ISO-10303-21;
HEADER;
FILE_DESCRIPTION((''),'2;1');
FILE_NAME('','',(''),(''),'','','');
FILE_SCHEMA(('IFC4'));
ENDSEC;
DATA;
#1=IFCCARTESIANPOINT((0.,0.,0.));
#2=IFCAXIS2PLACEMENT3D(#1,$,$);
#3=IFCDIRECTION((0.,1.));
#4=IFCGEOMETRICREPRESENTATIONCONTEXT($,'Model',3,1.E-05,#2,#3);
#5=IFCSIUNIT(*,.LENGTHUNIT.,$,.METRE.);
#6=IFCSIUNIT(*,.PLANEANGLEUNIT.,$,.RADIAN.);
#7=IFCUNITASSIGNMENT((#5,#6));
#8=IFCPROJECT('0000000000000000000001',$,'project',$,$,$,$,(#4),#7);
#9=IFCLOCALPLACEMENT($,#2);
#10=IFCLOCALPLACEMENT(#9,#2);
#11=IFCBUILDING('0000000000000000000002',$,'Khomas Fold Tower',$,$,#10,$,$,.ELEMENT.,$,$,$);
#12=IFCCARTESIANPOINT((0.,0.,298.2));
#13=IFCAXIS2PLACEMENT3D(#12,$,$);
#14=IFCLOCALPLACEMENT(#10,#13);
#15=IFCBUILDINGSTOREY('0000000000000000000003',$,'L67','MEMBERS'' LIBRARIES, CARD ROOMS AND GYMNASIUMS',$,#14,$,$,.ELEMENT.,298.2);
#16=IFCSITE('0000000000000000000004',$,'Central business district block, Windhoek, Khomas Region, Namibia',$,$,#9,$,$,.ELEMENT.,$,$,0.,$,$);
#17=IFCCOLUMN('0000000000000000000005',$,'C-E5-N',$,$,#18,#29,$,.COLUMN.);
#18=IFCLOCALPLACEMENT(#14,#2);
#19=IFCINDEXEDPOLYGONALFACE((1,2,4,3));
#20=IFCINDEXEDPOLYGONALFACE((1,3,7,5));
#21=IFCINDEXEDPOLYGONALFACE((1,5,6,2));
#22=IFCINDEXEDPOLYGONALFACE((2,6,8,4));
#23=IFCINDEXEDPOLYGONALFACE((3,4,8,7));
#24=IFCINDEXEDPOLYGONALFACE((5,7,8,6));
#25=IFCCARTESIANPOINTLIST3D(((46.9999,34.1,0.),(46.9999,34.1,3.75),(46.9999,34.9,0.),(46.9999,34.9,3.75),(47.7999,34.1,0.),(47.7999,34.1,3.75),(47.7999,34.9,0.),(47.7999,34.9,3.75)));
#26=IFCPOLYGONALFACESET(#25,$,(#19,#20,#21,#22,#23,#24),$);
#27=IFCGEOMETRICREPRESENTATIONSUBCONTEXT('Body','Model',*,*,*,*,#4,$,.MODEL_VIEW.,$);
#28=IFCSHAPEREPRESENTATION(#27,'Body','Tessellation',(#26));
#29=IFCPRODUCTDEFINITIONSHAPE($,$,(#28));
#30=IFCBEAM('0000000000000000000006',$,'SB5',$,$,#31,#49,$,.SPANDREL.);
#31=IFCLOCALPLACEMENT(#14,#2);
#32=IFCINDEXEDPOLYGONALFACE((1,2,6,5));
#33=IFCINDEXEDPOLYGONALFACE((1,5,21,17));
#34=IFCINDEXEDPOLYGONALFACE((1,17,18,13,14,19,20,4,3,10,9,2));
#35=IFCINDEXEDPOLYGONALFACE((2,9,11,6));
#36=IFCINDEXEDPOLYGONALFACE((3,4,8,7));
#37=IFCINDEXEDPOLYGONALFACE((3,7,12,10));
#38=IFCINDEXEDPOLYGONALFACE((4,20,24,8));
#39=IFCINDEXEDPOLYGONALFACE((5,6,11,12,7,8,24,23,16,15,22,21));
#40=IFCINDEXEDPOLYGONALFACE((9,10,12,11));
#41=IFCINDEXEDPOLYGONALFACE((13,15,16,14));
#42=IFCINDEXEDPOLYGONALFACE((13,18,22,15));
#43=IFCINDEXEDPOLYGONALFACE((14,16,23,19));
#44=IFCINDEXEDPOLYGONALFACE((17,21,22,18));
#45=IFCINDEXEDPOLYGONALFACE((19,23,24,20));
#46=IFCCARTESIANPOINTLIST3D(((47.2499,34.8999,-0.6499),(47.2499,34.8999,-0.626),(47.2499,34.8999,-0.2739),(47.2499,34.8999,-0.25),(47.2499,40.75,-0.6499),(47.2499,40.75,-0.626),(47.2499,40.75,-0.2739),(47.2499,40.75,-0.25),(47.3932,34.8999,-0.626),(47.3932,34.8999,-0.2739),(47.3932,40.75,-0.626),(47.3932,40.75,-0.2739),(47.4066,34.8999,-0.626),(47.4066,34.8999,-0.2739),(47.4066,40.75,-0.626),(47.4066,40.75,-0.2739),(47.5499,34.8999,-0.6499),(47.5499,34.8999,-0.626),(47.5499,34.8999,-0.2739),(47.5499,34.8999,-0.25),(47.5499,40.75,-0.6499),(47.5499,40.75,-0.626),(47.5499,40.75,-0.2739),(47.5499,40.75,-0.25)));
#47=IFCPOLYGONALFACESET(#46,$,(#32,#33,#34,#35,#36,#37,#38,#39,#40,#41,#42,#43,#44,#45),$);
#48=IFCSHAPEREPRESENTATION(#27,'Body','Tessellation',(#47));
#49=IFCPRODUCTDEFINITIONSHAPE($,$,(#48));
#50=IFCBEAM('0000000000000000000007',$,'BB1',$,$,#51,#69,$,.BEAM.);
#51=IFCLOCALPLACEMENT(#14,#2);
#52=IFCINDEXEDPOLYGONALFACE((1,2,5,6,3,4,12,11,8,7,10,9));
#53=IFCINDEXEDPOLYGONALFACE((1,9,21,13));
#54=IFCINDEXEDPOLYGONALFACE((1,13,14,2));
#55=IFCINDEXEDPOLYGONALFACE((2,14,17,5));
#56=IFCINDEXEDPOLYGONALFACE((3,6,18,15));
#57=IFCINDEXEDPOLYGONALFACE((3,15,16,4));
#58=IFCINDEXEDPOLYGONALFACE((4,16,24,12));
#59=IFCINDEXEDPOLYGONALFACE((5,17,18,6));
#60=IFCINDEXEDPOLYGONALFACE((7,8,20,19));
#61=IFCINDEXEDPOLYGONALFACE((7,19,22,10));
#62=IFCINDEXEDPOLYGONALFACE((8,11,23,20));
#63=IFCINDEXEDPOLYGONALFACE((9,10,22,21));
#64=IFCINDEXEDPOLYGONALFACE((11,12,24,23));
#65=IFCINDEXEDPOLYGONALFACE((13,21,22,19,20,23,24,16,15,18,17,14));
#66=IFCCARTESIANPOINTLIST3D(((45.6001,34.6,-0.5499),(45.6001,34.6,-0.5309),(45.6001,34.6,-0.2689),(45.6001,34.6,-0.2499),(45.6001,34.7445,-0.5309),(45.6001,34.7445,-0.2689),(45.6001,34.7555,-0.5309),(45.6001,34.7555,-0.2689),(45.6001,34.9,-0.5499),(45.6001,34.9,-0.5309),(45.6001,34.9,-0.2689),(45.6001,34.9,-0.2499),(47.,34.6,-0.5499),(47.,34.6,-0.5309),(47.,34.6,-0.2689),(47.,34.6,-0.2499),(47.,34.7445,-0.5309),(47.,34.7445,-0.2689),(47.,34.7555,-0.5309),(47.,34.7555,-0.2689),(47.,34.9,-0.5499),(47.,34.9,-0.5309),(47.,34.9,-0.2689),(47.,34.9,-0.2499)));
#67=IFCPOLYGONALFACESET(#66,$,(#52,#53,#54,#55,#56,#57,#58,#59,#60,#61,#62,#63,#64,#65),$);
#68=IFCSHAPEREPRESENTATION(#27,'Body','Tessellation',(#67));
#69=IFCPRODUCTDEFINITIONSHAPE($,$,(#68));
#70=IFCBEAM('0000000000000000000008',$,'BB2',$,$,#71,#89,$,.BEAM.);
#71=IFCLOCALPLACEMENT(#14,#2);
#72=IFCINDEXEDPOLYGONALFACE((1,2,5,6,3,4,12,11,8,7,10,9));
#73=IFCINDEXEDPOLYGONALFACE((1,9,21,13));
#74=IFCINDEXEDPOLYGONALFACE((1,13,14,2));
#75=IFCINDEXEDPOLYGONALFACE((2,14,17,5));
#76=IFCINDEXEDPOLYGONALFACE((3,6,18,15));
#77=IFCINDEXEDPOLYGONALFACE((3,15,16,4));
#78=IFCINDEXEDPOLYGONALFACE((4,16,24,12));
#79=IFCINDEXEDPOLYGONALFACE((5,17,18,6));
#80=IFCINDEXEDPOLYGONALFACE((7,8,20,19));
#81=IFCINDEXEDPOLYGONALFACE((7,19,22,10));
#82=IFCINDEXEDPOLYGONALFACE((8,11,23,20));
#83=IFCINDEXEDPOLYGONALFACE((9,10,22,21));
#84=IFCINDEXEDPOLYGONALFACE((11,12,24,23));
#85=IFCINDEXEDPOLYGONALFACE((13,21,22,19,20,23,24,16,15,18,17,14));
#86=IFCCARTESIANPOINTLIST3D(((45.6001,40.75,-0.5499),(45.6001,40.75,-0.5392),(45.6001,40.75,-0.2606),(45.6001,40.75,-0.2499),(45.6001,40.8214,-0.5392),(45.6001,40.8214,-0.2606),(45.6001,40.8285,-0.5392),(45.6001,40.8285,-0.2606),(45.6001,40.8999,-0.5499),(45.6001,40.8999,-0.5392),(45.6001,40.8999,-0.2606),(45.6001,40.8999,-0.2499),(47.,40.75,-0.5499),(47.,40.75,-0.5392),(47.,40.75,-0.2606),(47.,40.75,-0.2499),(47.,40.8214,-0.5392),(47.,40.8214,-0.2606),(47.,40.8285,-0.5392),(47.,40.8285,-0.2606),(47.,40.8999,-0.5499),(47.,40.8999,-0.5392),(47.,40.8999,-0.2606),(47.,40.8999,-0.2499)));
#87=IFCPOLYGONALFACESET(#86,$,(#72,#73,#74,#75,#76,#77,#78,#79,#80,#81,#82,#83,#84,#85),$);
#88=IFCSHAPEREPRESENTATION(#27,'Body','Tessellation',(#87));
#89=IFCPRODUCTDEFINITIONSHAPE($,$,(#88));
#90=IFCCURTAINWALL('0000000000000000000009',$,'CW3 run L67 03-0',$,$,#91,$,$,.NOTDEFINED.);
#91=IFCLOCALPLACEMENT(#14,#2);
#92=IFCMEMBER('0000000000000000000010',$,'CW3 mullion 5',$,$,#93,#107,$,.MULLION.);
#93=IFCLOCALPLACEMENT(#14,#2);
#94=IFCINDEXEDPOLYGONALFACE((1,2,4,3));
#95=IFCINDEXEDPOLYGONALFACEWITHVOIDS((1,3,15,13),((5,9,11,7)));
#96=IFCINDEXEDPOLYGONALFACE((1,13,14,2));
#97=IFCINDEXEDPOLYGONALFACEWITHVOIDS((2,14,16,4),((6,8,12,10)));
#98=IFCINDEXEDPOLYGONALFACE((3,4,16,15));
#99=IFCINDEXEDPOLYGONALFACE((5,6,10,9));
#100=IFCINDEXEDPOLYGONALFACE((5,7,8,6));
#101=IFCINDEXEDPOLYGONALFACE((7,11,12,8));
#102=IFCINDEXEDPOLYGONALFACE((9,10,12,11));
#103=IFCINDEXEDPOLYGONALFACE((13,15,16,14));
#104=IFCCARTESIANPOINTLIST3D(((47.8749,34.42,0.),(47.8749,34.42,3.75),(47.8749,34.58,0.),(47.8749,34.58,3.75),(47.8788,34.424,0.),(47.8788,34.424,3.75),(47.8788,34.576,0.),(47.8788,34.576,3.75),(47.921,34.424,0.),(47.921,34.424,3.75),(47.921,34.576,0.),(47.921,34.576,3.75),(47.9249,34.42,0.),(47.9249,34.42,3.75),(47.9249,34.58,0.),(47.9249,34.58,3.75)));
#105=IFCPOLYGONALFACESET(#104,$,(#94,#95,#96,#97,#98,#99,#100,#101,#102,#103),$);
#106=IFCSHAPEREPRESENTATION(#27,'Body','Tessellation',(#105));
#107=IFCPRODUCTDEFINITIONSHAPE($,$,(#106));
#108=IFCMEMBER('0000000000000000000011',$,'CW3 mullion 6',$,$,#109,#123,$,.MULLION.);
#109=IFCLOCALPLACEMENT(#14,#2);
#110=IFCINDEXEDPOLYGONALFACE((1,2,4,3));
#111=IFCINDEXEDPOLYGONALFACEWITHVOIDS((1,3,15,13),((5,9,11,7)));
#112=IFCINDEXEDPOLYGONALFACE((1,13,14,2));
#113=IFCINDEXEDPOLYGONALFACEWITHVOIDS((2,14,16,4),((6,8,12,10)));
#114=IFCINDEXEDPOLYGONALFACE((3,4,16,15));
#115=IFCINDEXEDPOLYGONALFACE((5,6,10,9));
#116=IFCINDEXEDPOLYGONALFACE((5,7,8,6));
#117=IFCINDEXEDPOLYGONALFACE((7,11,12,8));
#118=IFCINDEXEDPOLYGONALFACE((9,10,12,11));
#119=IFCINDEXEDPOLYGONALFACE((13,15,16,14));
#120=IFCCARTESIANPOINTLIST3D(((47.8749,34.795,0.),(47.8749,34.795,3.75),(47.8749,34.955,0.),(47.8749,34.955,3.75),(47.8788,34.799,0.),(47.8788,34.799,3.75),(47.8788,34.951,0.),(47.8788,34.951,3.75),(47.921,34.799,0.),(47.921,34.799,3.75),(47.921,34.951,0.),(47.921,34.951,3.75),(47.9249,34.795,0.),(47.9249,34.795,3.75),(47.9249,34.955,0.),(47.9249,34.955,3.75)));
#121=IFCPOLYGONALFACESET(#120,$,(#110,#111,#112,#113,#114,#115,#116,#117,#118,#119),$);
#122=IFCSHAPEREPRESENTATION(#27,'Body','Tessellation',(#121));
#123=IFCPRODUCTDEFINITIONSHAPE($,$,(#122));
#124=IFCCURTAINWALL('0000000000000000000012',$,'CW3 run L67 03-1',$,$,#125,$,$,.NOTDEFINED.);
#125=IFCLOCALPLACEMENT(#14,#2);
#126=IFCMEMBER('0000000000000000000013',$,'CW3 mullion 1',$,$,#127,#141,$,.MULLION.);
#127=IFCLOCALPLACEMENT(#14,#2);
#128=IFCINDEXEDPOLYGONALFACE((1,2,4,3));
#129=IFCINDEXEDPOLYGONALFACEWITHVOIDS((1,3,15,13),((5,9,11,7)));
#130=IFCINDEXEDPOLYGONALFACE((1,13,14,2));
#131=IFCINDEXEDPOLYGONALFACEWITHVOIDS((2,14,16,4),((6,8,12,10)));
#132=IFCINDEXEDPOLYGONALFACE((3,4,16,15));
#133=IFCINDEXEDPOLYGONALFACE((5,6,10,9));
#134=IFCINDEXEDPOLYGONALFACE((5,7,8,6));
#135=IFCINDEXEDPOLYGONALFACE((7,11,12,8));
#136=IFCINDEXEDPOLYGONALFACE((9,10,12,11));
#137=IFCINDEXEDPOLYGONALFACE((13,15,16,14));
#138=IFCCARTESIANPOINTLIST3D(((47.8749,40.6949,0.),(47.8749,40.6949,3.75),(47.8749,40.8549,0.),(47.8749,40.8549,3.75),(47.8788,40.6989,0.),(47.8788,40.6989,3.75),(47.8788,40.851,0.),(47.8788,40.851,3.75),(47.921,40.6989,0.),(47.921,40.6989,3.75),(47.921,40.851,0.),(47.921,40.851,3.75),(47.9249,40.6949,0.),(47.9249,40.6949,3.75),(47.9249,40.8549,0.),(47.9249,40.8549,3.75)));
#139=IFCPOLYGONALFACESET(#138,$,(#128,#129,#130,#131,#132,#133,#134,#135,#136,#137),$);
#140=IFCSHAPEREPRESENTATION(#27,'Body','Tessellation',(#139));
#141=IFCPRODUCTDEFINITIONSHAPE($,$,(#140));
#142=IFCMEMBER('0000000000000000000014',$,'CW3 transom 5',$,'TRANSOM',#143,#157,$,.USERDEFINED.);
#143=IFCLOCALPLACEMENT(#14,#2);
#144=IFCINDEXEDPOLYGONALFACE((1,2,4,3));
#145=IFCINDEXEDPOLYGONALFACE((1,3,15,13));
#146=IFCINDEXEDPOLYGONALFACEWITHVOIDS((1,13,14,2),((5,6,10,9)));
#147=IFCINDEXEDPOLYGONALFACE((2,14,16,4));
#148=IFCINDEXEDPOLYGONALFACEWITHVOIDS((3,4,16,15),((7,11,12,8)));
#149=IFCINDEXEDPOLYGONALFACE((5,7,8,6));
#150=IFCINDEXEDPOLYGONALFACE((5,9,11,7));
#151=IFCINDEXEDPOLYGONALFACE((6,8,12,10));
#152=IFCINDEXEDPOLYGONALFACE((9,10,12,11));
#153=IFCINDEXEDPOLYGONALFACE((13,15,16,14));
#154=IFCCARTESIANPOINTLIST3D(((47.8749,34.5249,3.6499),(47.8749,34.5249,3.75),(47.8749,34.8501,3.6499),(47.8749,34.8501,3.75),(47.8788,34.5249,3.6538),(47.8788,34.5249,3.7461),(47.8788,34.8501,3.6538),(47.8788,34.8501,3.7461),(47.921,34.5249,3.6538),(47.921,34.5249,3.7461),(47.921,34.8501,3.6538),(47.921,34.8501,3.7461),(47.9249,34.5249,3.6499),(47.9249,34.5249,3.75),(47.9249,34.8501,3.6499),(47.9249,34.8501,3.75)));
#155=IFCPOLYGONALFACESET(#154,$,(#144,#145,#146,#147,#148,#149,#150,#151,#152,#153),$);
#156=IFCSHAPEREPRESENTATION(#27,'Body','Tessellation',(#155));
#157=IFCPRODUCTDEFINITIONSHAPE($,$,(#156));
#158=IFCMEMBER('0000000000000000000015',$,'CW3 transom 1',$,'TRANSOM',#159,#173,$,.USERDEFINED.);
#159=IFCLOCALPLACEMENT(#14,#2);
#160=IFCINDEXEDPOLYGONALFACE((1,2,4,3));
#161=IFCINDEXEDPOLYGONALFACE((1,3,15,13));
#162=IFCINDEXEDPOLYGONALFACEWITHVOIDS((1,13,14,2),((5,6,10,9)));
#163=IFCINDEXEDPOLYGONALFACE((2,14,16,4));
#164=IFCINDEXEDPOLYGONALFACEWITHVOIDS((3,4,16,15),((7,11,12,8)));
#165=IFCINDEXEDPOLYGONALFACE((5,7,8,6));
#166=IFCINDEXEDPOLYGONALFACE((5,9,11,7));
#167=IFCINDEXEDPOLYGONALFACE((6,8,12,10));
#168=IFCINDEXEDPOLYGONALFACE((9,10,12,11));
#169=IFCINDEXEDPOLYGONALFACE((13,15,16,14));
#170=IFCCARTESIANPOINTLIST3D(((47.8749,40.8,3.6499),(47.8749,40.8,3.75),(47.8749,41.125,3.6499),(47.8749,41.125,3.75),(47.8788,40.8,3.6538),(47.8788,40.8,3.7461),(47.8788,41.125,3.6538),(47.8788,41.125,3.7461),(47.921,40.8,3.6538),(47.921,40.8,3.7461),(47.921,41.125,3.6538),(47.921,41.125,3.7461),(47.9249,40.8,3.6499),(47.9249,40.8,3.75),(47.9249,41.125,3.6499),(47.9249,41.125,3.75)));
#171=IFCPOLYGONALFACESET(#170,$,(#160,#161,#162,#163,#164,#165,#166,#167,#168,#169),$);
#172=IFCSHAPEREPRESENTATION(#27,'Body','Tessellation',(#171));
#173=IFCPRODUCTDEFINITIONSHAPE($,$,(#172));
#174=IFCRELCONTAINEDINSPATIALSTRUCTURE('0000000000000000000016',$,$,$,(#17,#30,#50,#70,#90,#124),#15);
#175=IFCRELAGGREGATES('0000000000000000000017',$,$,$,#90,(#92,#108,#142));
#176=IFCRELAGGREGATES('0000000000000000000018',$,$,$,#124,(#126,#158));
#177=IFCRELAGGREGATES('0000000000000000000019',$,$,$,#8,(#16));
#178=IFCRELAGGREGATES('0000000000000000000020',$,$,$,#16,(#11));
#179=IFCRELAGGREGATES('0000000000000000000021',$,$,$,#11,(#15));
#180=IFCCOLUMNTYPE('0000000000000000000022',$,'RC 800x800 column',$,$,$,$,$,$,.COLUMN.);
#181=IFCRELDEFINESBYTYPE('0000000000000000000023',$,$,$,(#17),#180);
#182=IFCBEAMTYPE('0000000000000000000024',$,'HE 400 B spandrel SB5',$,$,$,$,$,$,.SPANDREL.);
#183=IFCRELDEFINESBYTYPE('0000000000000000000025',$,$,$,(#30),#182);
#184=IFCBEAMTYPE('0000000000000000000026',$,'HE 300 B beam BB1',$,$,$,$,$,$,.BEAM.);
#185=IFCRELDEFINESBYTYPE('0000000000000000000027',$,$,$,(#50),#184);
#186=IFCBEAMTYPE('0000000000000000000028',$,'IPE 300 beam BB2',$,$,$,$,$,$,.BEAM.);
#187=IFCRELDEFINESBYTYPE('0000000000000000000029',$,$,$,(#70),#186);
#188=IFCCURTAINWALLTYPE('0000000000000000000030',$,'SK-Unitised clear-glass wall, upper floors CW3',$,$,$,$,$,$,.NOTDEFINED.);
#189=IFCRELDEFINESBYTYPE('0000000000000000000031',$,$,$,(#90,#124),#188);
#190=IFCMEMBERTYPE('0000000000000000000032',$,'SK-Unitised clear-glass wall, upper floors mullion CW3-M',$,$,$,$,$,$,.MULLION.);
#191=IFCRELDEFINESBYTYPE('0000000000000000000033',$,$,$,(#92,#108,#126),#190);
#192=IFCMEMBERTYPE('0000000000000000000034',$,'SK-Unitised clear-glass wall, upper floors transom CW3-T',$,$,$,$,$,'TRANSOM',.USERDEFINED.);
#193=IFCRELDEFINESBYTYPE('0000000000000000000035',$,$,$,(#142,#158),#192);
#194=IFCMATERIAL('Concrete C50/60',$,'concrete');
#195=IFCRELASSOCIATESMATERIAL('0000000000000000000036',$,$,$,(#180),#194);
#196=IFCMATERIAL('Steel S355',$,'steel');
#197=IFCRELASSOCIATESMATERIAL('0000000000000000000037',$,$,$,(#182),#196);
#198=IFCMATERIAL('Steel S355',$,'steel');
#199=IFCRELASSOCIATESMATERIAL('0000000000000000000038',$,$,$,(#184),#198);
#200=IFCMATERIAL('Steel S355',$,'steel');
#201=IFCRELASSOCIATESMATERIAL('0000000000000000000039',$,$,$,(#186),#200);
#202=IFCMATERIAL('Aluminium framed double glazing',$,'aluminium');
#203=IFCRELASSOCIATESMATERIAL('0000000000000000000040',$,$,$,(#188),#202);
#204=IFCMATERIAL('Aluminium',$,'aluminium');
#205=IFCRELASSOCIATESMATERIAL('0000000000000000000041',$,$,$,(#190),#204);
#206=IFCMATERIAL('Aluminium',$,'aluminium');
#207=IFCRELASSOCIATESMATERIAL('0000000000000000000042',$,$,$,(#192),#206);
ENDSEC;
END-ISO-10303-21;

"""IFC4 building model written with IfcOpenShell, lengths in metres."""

from ifc_helpers import new_model, si_unit, direction, frame, origin, origin_2d, place, context, subcontext, project, spatial, rectangle, hollow_rectangle, i_section, extrude, source, transform, mapped, material, material_profile, profile_set, type_object, element, aggregate, save


model = new_model("IFC4")

# Units and contexts
model_context = context("Model", 3, precision=1e-05, world=origin(), true_north=direction((0.0, 1.0)))
body_context = subcontext(model_context, "Body", "Model", "MODEL_VIEW")
ifc_project = project(units=[si_unit("LENGTHUNIT", "METRE"), si_unit("PLANEANGLEUNIT", "RADIAN")], contexts=[model_context])

# Site, building, storey
site_placement = place(None, origin())
site = spatial("IfcSite", under=ifc_project, at=site_placement, Name="Central business district block, Windhoek, Khomas Region, Namibia", CompositionType="ELEMENT", RefElevation=0.0)
building_placement = place(site_placement, origin())
building = spatial("IfcBuilding", under=site, at=building_placement, Name="Khomas Fold Tower", CompositionType="ELEMENT")
storey_placement = place(building_placement, frame((0.0, 0.0, 298.2)))
storey = spatial("IfcBuildingStorey", under=building, at=storey_placement, Name="L67", Description="MEMBERS' LIBRARIES, CARD ROOMS AND GYMNASIUMS", CompositionType="ELEMENT", Elevation=298.2)

# Column
ifc_material_1 = material(Name="Concrete C50/60", Category="concrete")
ifc_material_profile_1 = material_profile(ifc_material_1, rectangle(XDim=0.8, YDim=0.8, at=origin_2d()), Name="RC 800x800")
ifc_profile_set_1 = profile_set([ifc_material_profile_1], Name="Concrete C50/60")
column_type = type_object("IfcColumnType", Name="RC 800x800 column", PredefinedType="COLUMN", material=ifc_profile_set_1)
shared_shape_1 = source(origin(), body_context, "Body", "SweptSolid", [
    extrude(rectangle(XDim=0.8, YDim=0.8, at=origin_2d()), origin(), (0.0, 0.0, 1.0), 3.75),
])
column_placement = place(storey_placement, frame((47.3999, 34.5, 0.0), z_axis=(0.0, 0.0, 1.0), x_axis=(1.0, 0.0, 0.0)))
element("IfcColumn", 1, at=column_placement, inside=storey, type_object=column_type, Name="C-E5-N", PredefinedType="COLUMN", context=body_context, shape_type="MappedRepresentation", body=[
    mapped(shared_shape_1, transform((0.0, 0.0, 0.0))),
])

# Beams
ifc_material_2 = material(Name="Steel S355", Category="steel")
ifc_material_profile_2 = material_profile(ifc_material_2, i_section(OverallWidth=0.3, OverallDepth=0.3999, WebThickness=0.0134, FlangeThickness=0.0239, at=origin_2d()), Name="HE 400 B")
ifc_profile_set_2 = profile_set([ifc_material_profile_2], Name="Steel S355")
beam_type_1 = type_object("IfcBeamType", Name="HE 400 B spandrel SB5", PredefinedType="SPANDREL", material=ifc_profile_set_2)
shared_shape_2 = source(origin(), body_context, "Body", "SweptSolid", [
    extrude(i_section(OverallWidth=0.3, OverallDepth=0.3999, WebThickness=0.0134, FlangeThickness=0.0239, at=origin_2d()), origin(), (0.0, 0.0, 1.0), 5.8501),
])
beam_1_placement = place(storey_placement, frame((47.3999, 34.8999, -0.45), z_axis=(0.0, 1.0, 0.0), x_axis=(-1.0, 0.0, 0.0)))
element("IfcBeam", 2, at=beam_1_placement, inside=storey, type_object=beam_type_1, Name="SB5", PredefinedType="SPANDREL", context=body_context, shape_type="MappedRepresentation", body=[
    mapped(shared_shape_2, transform((0.0, 0.0, 0.0))),
])
ifc_material_3 = material(Name="Steel S355", Category="steel")
ifc_material_profile_3 = material_profile(ifc_material_3, i_section(OverallWidth=0.3, OverallDepth=0.3, WebThickness=0.011, FlangeThickness=0.019, at=origin_2d()), Name="HE 300 B")
ifc_profile_set_3 = profile_set([ifc_material_profile_3], Name="Steel S355")
beam_type_2 = type_object("IfcBeamType", Name="HE 300 B beam BB1", PredefinedType="BEAM", material=ifc_profile_set_3)
shared_shape_3 = source(origin(), body_context, "Body", "SweptSolid", [
    extrude(i_section(OverallWidth=0.3, OverallDepth=0.3, WebThickness=0.011, FlangeThickness=0.019, at=origin_2d()), origin(), (0.0, 0.0, 1.0), 1.3999),
])
beam_2_placement = place(storey_placement, frame((45.6001, 34.75, -0.3999), z_axis=(1.0, 0.0, 0.0), x_axis=(0.0, 1.0, 0.0)))
element("IfcBeam", 3, at=beam_2_placement, inside=storey, type_object=beam_type_2, Name="BB1", PredefinedType="BEAM", context=body_context, shape_type="MappedRepresentation", body=[
    mapped(shared_shape_3, transform((0.0, 0.0, 0.0))),
])
ifc_material_4 = material(Name="Steel S355", Category="steel")
ifc_material_profile_4 = material_profile(ifc_material_4, i_section(OverallWidth=0.1499, OverallDepth=0.3, WebThickness=0.0071, FlangeThickness=0.0107, at=origin_2d()), Name="IPE 300")
ifc_profile_set_4 = profile_set([ifc_material_profile_4], Name="Steel S355")
beam_type_3 = type_object("IfcBeamType", Name="IPE 300 beam BB2", PredefinedType="BEAM", material=ifc_profile_set_4)
shared_shape_4 = source(origin(), body_context, "Body", "SweptSolid", [
    extrude(i_section(OverallWidth=0.1499, OverallDepth=0.3, WebThickness=0.0071, FlangeThickness=0.0107, at=origin_2d()), origin(), (0.0, 0.0, 1.0), 1.3999),
])
beam_3_placement = place(storey_placement, frame((45.6001, 40.825, -0.3999), z_axis=(1.0, 0.0, 0.0), x_axis=(0.0, 1.0, 0.0)))
element("IfcBeam", 4, at=beam_3_placement, inside=storey, type_object=beam_type_3, Name="BB2", PredefinedType="BEAM", context=body_context, shape_type="MappedRepresentation", body=[
    mapped(shared_shape_4, transform((0.0, 0.0, 0.0))),
])

# Curtain wall, members
ifc_material_5 = material(Name="Aluminium framed double glazing", Category="aluminium")
curtain_wall_type = type_object("IfcCurtainWallType", Name="SK-Unitised clear-glass wall, upper floors CW3", PredefinedType="NOTDEFINED", material=ifc_material_5)
curtain_wall_1_placement = place(storey_placement, origin())
curtain_wall_1 = element("IfcCurtainWall", 5, at=curtain_wall_1_placement, inside=storey, type_object=curtain_wall_type, Name="CW3 run L67 03-0", PredefinedType="NOTDEFINED")
ifc_material_6 = material(Name="Aluminium", Category="aluminium")
ifc_material_profile_5 = material_profile(ifc_material_6, hollow_rectangle(XDim=0.05, YDim=0.1599, WallThickness=0.0039, at=origin_2d()), Name="SK-Unitised clear-glass wall, upper floors mullion CW3-M")
ifc_profile_set_5 = profile_set([ifc_material_profile_5], Name="Aluminium")
member_type_1 = type_object("IfcMemberType", Name="SK-Unitised clear-glass wall, upper floors mullion CW3-M", PredefinedType="MULLION", material=ifc_profile_set_5)
shared_shape_5 = source(origin(), body_context, "Body", "SweptSolid", [
    extrude(hollow_rectangle(XDim=0.05, YDim=0.1599, WallThickness=0.0039, at=origin_2d()), origin(), (0.0, 0.0, 1.0), 3.75),
])
member_1_placement = place(storey_placement, frame((47.8999, 34.5, 0.0), z_axis=(0.0, 0.0, 1.0), x_axis=(-1.0, 0.0, 0.0)))
member_1 = element("IfcMember", 6, at=member_1_placement, type_object=member_type_1, Name="CW3 mullion 5", PredefinedType="MULLION", context=body_context, shape_type="MappedRepresentation", body=[
    mapped(shared_shape_5, transform((0.0, 0.0, 0.0))),
])
member_2_placement = place(storey_placement, frame((47.8999, 34.875, 0.0), z_axis=(0.0, 0.0, 1.0), x_axis=(-1.0, 0.0, 0.0)))
member_2 = element("IfcMember", 7, at=member_2_placement, type_object=member_type_1, Name="CW3 mullion 6", PredefinedType="MULLION", context=body_context, shape_type="MappedRepresentation", body=[
    mapped(shared_shape_5, transform((0.0, 0.0, 0.0))),
])

# Curtain wall, member
curtain_wall_2_placement = place(storey_placement, origin())
curtain_wall_2 = element("IfcCurtainWall", 8, at=curtain_wall_2_placement, inside=storey, type_object=curtain_wall_type, Name="CW3 run L67 03-1", PredefinedType="NOTDEFINED")
member_3_placement = place(storey_placement, frame((47.8999, 40.7749, 0.0), z_axis=(0.0, 0.0, 1.0), x_axis=(-1.0, 0.0, 0.0)))
member_3 = element("IfcMember", 9, at=member_3_placement, type_object=member_type_1, Name="CW3 mullion 1", PredefinedType="MULLION", context=body_context, shape_type="MappedRepresentation", body=[
    mapped(shared_shape_5, transform((0.0, 0.0, 0.0))),
])

# Members
ifc_material_7 = material(Name="Aluminium", Category="aluminium")
ifc_material_profile_6 = material_profile(ifc_material_7, hollow_rectangle(XDim=0.05, YDim=0.1001, WallThickness=0.0039, at=origin_2d()), Name="SK-Unitised clear-glass wall, upper floors transom CW3-T")
ifc_profile_set_6 = profile_set([ifc_material_profile_6], Name="Aluminium")
member_type_2 = type_object("IfcMemberType", Name="SK-Unitised clear-glass wall, upper floors transom CW3-T", ElementType="TRANSOM", PredefinedType="USERDEFINED", material=ifc_profile_set_6)
shared_shape_6 = source(origin(), body_context, "Body", "SweptSolid", [
    extrude(hollow_rectangle(XDim=0.05, YDim=0.1001, WallThickness=0.0039, at=origin_2d()), origin(), (0.0, 0.0, 1.0), 0.3252),
])
member_4_placement = place(storey_placement, frame((47.8999, 34.5249, 3.7), z_axis=(0.0, 1.0, 0.0), x_axis=(-1.0, 0.0, 0.0)))
member_4 = element("IfcMember", 10, at=member_4_placement, type_object=member_type_2, Name="CW3 transom 5", ObjectType="TRANSOM", PredefinedType="USERDEFINED", context=body_context, shape_type="MappedRepresentation", body=[
    mapped(shared_shape_6, transform((0.0, 0.0, 0.0))),
])
shared_shape_7 = source(origin(), body_context, "Body", "SweptSolid", [
    extrude(hollow_rectangle(XDim=0.05, YDim=0.1001, WallThickness=0.0039, at=origin_2d()), origin(), (0.0, 0.0, 1.0), 0.325),
])
member_5_placement = place(storey_placement, frame((47.8999, 40.8, 3.7), z_axis=(0.0, 1.0, 0.0), x_axis=(-1.0, 0.0, 0.0)))
member_5 = element("IfcMember", 11, at=member_5_placement, type_object=member_type_2, Name="CW3 transom 1", ObjectType="TRANSOM", PredefinedType="USERDEFINED", context=body_context, shape_type="MappedRepresentation", body=[
    mapped(shared_shape_7, transform((0.0, 0.0, 0.0))),
])

aggregate(curtain_wall_1, [member_1, member_2, member_4])
aggregate(curtain_wall_2, [member_3, member_5])

save(model, "model.ifc")
